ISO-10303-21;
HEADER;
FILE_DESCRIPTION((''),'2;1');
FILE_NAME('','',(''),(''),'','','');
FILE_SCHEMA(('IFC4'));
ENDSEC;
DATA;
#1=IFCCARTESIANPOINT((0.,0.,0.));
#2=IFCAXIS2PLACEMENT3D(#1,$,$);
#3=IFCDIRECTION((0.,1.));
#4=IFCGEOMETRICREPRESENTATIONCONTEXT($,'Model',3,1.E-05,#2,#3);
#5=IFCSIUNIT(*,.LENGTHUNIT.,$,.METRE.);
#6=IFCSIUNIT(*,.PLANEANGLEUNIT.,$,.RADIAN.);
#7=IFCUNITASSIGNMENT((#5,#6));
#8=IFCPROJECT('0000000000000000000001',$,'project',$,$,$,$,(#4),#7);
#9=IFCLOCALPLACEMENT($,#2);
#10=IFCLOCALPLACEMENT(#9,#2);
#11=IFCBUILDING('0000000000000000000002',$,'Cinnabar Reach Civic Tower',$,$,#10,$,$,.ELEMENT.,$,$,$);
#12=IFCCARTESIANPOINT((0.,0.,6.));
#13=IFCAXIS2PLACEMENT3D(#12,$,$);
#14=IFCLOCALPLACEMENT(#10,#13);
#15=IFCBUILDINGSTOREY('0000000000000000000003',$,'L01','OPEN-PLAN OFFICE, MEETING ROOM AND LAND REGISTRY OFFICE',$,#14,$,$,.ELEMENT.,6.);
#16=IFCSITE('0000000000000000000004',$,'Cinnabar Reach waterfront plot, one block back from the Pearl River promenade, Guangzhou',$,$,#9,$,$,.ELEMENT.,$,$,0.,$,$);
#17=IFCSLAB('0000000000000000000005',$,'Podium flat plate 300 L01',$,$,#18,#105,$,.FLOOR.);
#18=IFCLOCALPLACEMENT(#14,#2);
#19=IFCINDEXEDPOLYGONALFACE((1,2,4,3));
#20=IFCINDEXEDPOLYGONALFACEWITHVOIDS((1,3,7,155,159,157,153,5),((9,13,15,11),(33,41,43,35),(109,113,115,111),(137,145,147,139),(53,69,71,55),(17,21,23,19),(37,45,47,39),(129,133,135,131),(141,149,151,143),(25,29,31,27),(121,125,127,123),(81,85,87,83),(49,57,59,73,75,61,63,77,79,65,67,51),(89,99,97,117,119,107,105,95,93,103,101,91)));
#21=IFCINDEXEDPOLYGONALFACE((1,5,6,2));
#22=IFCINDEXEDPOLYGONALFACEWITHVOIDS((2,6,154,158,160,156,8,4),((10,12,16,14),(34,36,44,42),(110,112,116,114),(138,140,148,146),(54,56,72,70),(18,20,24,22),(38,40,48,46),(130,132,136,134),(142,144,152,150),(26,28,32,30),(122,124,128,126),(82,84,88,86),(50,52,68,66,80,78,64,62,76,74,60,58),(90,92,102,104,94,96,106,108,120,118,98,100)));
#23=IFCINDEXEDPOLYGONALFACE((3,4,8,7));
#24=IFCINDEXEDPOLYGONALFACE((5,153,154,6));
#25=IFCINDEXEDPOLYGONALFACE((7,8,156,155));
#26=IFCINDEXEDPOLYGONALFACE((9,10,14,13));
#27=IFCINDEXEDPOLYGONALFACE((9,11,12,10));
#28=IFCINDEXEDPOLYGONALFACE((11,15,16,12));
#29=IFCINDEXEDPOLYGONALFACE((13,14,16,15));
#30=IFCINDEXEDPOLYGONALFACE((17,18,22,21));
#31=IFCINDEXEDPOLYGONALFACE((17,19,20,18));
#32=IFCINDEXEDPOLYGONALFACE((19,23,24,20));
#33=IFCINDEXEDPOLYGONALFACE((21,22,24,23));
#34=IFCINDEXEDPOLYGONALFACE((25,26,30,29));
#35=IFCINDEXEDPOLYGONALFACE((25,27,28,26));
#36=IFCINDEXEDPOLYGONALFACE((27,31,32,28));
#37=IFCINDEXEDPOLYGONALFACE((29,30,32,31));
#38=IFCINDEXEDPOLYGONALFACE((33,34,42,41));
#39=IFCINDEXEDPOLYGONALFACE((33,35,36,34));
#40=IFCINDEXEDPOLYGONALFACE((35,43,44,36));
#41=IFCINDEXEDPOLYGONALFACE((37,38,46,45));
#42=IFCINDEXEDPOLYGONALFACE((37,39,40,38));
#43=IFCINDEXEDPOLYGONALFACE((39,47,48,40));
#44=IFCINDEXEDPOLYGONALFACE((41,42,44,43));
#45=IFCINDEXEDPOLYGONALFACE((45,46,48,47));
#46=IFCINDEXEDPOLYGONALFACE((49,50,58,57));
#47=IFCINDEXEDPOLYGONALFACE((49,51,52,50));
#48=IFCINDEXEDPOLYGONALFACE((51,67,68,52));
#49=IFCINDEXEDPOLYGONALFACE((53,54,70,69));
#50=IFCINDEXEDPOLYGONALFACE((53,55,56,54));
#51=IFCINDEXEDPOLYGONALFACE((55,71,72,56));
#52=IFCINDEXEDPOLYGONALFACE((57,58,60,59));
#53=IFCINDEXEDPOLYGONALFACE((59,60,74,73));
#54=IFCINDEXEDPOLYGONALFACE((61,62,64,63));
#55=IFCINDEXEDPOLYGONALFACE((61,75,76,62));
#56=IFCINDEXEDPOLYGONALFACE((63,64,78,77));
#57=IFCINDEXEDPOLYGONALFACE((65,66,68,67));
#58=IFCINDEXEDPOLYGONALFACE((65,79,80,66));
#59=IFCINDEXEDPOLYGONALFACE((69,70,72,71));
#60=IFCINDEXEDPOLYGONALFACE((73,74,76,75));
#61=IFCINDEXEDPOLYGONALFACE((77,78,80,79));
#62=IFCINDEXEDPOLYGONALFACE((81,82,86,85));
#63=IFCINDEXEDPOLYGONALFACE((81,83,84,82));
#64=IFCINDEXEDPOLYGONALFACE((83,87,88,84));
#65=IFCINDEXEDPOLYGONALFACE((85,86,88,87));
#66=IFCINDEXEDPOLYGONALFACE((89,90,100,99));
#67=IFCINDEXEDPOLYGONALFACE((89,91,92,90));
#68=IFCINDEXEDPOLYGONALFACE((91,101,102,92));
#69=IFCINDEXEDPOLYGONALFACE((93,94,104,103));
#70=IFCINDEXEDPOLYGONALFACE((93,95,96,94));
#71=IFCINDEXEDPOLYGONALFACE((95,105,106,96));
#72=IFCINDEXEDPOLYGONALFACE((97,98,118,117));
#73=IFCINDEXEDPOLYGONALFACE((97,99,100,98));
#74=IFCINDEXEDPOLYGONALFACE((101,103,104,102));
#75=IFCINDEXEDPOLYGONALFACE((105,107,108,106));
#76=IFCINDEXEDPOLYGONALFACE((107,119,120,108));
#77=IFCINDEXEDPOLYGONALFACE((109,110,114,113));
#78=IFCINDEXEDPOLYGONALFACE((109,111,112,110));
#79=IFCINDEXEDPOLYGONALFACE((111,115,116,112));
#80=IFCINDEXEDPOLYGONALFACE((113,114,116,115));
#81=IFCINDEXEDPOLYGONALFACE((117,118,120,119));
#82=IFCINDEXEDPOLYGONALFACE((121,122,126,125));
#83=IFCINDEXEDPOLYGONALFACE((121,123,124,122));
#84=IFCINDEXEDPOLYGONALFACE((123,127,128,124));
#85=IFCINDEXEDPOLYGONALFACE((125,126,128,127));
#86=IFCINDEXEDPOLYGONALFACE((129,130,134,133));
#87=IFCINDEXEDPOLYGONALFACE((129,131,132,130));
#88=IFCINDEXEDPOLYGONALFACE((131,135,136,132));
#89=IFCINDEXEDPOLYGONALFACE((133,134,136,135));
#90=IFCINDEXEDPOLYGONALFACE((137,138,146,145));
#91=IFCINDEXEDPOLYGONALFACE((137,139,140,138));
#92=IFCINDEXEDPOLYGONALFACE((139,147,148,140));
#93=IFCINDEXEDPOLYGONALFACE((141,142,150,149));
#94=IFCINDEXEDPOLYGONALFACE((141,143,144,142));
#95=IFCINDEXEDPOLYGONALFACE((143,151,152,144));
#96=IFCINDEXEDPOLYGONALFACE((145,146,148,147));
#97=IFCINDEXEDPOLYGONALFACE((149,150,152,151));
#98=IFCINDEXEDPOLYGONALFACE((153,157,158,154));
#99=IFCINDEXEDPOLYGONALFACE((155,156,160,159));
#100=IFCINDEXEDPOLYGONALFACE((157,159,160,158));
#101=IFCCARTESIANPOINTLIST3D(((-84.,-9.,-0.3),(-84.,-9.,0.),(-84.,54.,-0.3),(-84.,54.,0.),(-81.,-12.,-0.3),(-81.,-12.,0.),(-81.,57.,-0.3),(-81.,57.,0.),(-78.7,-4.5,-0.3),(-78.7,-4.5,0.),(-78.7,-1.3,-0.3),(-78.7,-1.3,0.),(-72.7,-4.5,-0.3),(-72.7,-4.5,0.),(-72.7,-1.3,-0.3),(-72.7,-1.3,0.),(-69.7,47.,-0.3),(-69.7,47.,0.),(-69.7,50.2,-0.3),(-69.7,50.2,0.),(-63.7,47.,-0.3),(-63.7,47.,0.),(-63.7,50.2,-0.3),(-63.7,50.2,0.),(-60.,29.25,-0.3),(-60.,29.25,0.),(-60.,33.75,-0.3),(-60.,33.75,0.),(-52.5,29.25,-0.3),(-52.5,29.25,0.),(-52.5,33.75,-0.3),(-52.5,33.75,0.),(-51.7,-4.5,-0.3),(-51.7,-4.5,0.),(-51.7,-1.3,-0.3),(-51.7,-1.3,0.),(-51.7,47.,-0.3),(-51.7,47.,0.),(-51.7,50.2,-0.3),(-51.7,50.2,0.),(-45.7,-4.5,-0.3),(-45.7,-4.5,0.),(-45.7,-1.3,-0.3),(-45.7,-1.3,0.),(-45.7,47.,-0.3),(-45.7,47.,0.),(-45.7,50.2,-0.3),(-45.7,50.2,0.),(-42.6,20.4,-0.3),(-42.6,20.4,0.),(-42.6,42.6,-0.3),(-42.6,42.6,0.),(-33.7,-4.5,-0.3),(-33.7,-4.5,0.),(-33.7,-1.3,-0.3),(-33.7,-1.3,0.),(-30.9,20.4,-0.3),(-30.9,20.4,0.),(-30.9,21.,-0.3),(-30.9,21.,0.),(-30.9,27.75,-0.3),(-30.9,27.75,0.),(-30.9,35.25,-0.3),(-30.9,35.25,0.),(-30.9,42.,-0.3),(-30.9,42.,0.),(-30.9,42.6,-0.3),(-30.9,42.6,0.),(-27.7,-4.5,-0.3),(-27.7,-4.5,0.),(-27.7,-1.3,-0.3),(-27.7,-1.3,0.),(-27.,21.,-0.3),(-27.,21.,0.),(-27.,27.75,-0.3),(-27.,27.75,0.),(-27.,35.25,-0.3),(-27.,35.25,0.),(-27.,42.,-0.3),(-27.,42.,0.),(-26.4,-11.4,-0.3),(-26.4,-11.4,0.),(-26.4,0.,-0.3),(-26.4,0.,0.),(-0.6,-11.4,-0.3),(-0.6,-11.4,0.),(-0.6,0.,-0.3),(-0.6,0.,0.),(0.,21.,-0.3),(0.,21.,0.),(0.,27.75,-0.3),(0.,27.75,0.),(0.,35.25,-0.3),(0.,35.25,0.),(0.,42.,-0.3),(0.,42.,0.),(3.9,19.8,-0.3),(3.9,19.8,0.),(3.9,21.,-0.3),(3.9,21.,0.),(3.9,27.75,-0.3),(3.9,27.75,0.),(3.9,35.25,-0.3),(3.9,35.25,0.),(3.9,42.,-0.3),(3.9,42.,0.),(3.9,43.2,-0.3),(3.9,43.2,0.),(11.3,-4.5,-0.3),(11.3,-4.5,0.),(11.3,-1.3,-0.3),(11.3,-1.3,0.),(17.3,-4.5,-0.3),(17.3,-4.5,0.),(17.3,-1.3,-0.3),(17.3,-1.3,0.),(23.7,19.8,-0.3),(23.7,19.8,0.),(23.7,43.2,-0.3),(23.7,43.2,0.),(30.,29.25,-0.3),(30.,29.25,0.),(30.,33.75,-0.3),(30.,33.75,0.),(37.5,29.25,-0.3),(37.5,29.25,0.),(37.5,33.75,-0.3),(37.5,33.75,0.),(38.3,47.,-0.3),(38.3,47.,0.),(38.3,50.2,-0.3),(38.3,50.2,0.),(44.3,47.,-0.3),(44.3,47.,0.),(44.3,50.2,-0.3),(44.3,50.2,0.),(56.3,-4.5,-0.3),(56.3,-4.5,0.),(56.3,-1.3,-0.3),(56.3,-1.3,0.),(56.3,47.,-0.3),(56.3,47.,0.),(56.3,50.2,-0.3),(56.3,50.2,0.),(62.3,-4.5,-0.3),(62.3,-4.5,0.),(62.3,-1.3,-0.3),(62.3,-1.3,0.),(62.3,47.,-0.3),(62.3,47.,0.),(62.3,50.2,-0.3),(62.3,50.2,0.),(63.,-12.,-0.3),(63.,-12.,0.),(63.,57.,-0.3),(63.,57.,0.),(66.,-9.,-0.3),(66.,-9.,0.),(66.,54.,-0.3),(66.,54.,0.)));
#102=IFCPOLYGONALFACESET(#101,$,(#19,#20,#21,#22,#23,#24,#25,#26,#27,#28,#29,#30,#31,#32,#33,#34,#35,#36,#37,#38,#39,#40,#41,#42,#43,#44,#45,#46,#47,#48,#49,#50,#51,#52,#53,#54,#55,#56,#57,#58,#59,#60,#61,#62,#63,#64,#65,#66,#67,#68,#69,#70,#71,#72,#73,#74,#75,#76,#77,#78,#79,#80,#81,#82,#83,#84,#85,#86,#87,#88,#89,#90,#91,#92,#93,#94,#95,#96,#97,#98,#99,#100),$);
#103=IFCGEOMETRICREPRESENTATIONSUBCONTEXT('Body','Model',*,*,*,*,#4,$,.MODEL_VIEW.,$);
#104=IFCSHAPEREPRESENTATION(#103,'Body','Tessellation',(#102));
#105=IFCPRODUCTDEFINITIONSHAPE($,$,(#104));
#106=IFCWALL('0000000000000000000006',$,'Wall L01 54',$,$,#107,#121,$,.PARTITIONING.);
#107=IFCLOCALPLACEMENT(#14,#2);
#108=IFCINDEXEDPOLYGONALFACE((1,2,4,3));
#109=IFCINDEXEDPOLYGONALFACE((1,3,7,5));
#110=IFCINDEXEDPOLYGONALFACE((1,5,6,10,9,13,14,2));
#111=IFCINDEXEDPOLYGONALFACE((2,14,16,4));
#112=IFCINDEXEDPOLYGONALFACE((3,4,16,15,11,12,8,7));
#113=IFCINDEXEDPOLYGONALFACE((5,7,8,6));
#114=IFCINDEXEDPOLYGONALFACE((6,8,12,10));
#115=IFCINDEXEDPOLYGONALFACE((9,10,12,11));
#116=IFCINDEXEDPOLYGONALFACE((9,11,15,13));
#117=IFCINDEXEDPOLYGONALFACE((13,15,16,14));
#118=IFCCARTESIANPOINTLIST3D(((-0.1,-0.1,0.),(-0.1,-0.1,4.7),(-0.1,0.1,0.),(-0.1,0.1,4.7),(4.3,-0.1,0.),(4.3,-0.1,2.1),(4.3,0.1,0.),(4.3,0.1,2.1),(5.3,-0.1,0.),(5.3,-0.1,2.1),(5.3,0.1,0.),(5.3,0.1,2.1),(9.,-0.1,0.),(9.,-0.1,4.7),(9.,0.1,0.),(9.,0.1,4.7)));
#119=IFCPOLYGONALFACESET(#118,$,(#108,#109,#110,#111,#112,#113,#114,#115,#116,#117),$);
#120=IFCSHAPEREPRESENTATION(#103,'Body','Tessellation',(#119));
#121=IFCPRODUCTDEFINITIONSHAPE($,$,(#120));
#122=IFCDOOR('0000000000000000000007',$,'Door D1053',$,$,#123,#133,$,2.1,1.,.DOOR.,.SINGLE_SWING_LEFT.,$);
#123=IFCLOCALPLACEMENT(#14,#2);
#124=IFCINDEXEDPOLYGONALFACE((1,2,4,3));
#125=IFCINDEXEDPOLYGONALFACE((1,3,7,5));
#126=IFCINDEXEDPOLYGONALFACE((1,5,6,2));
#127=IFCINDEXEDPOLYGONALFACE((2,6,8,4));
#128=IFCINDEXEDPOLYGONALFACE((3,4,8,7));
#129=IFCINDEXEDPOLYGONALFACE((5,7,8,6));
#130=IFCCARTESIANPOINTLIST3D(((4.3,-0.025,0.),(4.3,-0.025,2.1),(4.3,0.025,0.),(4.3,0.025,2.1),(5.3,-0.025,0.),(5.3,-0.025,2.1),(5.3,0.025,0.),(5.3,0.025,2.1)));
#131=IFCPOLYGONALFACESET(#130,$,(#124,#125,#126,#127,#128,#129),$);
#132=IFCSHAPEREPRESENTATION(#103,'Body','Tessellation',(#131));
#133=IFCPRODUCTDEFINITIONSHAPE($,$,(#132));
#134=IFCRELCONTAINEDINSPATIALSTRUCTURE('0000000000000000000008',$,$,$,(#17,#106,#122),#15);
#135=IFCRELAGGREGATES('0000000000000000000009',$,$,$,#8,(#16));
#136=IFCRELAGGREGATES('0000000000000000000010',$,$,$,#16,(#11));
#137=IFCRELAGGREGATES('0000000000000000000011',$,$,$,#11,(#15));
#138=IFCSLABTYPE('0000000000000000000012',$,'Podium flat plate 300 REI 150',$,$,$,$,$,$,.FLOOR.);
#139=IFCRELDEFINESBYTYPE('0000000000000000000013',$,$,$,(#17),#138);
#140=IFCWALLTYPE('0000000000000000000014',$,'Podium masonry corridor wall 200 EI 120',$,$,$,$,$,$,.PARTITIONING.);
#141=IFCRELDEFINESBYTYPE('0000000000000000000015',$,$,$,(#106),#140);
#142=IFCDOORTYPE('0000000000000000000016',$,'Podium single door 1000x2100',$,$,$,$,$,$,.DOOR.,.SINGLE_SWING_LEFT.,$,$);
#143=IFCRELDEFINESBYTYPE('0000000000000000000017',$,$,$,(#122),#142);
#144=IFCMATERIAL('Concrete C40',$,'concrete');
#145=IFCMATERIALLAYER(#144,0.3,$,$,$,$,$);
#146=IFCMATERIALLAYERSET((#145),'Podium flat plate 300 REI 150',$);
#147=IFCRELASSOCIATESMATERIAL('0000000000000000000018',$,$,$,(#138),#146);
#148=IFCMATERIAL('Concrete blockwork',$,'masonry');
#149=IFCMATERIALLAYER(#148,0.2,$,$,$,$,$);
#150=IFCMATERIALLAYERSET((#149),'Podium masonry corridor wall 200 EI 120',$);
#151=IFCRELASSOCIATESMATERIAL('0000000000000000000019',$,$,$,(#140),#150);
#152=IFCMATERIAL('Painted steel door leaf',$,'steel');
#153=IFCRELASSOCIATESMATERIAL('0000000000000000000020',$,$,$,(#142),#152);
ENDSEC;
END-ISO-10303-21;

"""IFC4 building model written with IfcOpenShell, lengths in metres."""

from ifc_helpers import new_model, si_unit, direction, frame, frame_2d, origin, place, context, subcontext, project, spatial, polyline, rectangle, outline, extrude, material, layer, layer_set, type_object, element, fill, save


model = new_model("IFC4")

# Units and contexts
model_context = context("Model", 3, precision=1e-05, world=origin(), true_north=direction((0.0, 1.0)))
body_context = subcontext(model_context, "Body", "Model", "MODEL_VIEW")
ifc_project = project(units=[si_unit("LENGTHUNIT", "METRE"), si_unit("PLANEANGLEUNIT", "RADIAN")], contexts=[model_context])

# Site, building, storey
site_placement = place(None, origin())
site = spatial("IfcSite", under=ifc_project, at=site_placement, Name="Cinnabar Reach waterfront plot, one block back from the Pearl River promenade, Guangzhou", CompositionType="ELEMENT", RefElevation=0.0)
building_placement = place(site_placement, origin())
building = spatial("IfcBuilding", under=site, at=building_placement, Name="Cinnabar Reach Civic Tower", CompositionType="ELEMENT")
storey_placement = place(building_placement, frame((0.0, 0.0, 6.0)))
storey = spatial("IfcBuildingStorey", under=building, at=storey_placement, Name="L01", Description="OPEN-PLAN OFFICE, MEETING ROOM AND LAND REGISTRY OFFICE", CompositionType="ELEMENT", Elevation=6.0)

# Slab
ifc_material_1 = material(Name="Concrete C40", Category="concrete")
ifc_layer_1 = layer(ifc_material_1, 0.3)
ifc_layer_set_1 = layer_set([ifc_layer_1], Name="Podium flat plate 300 REI 150")
slab_type_1 = type_object("IfcSlabType", Name="Podium flat plate 300 REI 150", PredefinedType="FLOOR", material=ifc_layer_set_1)
slab_1_placement = place(storey_placement, frame((0.0, 0.0, -0.3)))
element("IfcSlab", 1, at=slab_1_placement, inside=storey, type_object=slab_type_1, Name="Podium flat plate 300 L01", PredefinedType="FLOOR", context=body_context, shape_type="SweptSolid", body=[
    extrude(outline(polyline([(-84.0, -9.0), (-84.0, 54.0), (-81.0, 57.0), (63.0, 57.0), (66.0, 54.0), (66.0, -9.0), (63.0, -12.0), (-81.0, -12.0), (-84.0, -9.0)]), holes=[polyline([(-78.7, -1.3), (-78.7, -4.5), (-72.7, -4.5), (-72.7, -1.3), (-78.7, -1.3)]), polyline([(-45.7, -1.3), (-51.7, -1.3), (-51.7, -4.5), (-45.7, -4.5), (-45.7, -1.3)]), polyline([(-27.7, -1.3), (-33.7, -1.3), (-33.7, -4.5), (-27.7, -4.5), (-27.7, -1.3)]), polyline([(-52.5, 33.75), (-60.0, 33.75), (-60.0, 29.25), (-52.5, 29.25), (-52.5, 33.75)]), polyline([(-42.6, 20.4), (-30.9, 20.4), (-30.9, 21.0), (-27.0, 21.0), (-27.0, 27.75), (-30.9, 27.75), (-30.9, 35.25), (-27.0, 35.25), (-27.0, 42.0), (-30.9, 42.0), (-30.9, 42.6), (-42.6, 42.6), (-42.6, 20.4)]), polyline([(-63.7, 50.2), (-69.7, 50.2), (-69.7, 47.0), (-63.7, 47.0), (-63.7, 50.2)]), polyline([(-45.7, 50.2), (-51.7, 50.2), (-51.7, 47.0), (-45.7, 47.0), (-45.7, 50.2)]), polyline([(-26.4, 0.0), (-26.4, -11.4), (-0.6, -11.4), (-0.6, 0.0), (-26.4, 0.0)]), polyline([(17.3, -1.3), (11.3, -1.3), (11.3, -4.5), (17.3, -4.5), (17.3, -1.3)]), polyline([(62.3, -1.3), (56.3, -1.3), (56.3, -4.5), (62.3, -4.5), (62.3, -1.3)]), polyline([(3.9, 42.0), (0.0, 42.0), (0.0, 35.25), (3.9, 35.25), (3.9, 27.75), (0.0, 27.75), (0.0, 21.0), (3.9, 21.0), (3.9, 19.8), (23.7, 19.8), (23.7, 43.2), (3.9, 43.2), (3.9, 42.0)]), polyline([(37.5, 33.75), (30.0, 33.75), (30.0, 29.25), (37.5, 29.25), (37.5, 33.75)]), polyline([(44.3, 47.0), (44.3, 50.2), (38.3, 50.2), (38.3, 47.0), (44.3, 47.0)]), polyline([(62.3, 47.0), (62.3, 50.2), (56.3, 50.2), (56.3, 47.0), (62.3, 47.0)])]), origin(), (0.0, 0.0, 1.0), 0.3),
])

# Wall, opening, door
ifc_material_2 = material(Name="Concrete blockwork", Category="masonry")
ifc_layer_2 = layer(ifc_material_2, 0.2)
ifc_layer_set_2 = layer_set([ifc_layer_2], Name="Podium masonry corridor wall 200 EI 120")
wall_type = type_object("IfcWallType", Name="Podium masonry corridor wall 200 EI 120", PredefinedType="PARTITIONING", material=ifc_layer_set_2)
wall_placement = place(storey_placement, frame((-0.1, 0.0, 0.0), z_axis=(0.0, 0.0, 1.0), x_axis=(1.0, 0.0, 0.0)))
wall = element("IfcWall", 2, at=wall_placement, inside=storey, type_object=wall_type, Name="Wall L01 54", PredefinedType="PARTITIONING", context=body_context, shape_type="SweptSolid", body=[
    extrude(rectangle(XDim=9.1, YDim=0.2, at=frame_2d((4.55, 0.0))), origin(), (0.0, 0.0, 1.0), 4.7),
])
opening_placement = place(wall_placement, frame((4.4, 0.0, 0.0)))
opening = element("IfcOpeningElement", 3, at=opening_placement, cuts=wall, PredefinedType="OPENING", context=body_context, shape_type="SweptSolid", body=[
    extrude(rectangle(XDim=1.0, YDim=2.1, at=frame_2d((0.5, 1.05))), frame((0.0, 0.11, 0.0), z_axis=(0.0, -1.0, 0.0), x_axis=(1.0, 0.0, 0.0)), (0.0, 0.0, 1.0), 0.22),
])
ifc_material_3 = material(Name="Painted steel door leaf", Category="steel")
door_type = type_object("IfcDoorType", Name="Podium single door 1000x2100", OperationType="SINGLE_SWING_LEFT", PredefinedType="DOOR", material=ifc_material_3)
door_placement = place(opening_placement, frame((1.0, 0.0, 0.0), z_axis=(0.0, 0.0, 1.0), x_axis=(-1.0, 0.0, 0.0)))
door = element("IfcDoor", 4, at=door_placement, inside=storey, type_object=door_type, Name="Door D1053", OperationType="SINGLE_SWING_LEFT", OverallHeight=2.1, OverallWidth=1.0, PredefinedType="DOOR", context=body_context, shape_type="SweptSolid", body=[
    extrude(rectangle(XDim=1.0, YDim=2.1, at=frame_2d((0.5, 1.05))), frame((0.0, 0.025, 0.0), z_axis=(0.0, -1.0, 0.0), x_axis=(1.0, 0.0, 0.0)), (0.0, 0.0, 1.0), 0.05),
])
fill(opening, door)

save(model, "model.ifc")
